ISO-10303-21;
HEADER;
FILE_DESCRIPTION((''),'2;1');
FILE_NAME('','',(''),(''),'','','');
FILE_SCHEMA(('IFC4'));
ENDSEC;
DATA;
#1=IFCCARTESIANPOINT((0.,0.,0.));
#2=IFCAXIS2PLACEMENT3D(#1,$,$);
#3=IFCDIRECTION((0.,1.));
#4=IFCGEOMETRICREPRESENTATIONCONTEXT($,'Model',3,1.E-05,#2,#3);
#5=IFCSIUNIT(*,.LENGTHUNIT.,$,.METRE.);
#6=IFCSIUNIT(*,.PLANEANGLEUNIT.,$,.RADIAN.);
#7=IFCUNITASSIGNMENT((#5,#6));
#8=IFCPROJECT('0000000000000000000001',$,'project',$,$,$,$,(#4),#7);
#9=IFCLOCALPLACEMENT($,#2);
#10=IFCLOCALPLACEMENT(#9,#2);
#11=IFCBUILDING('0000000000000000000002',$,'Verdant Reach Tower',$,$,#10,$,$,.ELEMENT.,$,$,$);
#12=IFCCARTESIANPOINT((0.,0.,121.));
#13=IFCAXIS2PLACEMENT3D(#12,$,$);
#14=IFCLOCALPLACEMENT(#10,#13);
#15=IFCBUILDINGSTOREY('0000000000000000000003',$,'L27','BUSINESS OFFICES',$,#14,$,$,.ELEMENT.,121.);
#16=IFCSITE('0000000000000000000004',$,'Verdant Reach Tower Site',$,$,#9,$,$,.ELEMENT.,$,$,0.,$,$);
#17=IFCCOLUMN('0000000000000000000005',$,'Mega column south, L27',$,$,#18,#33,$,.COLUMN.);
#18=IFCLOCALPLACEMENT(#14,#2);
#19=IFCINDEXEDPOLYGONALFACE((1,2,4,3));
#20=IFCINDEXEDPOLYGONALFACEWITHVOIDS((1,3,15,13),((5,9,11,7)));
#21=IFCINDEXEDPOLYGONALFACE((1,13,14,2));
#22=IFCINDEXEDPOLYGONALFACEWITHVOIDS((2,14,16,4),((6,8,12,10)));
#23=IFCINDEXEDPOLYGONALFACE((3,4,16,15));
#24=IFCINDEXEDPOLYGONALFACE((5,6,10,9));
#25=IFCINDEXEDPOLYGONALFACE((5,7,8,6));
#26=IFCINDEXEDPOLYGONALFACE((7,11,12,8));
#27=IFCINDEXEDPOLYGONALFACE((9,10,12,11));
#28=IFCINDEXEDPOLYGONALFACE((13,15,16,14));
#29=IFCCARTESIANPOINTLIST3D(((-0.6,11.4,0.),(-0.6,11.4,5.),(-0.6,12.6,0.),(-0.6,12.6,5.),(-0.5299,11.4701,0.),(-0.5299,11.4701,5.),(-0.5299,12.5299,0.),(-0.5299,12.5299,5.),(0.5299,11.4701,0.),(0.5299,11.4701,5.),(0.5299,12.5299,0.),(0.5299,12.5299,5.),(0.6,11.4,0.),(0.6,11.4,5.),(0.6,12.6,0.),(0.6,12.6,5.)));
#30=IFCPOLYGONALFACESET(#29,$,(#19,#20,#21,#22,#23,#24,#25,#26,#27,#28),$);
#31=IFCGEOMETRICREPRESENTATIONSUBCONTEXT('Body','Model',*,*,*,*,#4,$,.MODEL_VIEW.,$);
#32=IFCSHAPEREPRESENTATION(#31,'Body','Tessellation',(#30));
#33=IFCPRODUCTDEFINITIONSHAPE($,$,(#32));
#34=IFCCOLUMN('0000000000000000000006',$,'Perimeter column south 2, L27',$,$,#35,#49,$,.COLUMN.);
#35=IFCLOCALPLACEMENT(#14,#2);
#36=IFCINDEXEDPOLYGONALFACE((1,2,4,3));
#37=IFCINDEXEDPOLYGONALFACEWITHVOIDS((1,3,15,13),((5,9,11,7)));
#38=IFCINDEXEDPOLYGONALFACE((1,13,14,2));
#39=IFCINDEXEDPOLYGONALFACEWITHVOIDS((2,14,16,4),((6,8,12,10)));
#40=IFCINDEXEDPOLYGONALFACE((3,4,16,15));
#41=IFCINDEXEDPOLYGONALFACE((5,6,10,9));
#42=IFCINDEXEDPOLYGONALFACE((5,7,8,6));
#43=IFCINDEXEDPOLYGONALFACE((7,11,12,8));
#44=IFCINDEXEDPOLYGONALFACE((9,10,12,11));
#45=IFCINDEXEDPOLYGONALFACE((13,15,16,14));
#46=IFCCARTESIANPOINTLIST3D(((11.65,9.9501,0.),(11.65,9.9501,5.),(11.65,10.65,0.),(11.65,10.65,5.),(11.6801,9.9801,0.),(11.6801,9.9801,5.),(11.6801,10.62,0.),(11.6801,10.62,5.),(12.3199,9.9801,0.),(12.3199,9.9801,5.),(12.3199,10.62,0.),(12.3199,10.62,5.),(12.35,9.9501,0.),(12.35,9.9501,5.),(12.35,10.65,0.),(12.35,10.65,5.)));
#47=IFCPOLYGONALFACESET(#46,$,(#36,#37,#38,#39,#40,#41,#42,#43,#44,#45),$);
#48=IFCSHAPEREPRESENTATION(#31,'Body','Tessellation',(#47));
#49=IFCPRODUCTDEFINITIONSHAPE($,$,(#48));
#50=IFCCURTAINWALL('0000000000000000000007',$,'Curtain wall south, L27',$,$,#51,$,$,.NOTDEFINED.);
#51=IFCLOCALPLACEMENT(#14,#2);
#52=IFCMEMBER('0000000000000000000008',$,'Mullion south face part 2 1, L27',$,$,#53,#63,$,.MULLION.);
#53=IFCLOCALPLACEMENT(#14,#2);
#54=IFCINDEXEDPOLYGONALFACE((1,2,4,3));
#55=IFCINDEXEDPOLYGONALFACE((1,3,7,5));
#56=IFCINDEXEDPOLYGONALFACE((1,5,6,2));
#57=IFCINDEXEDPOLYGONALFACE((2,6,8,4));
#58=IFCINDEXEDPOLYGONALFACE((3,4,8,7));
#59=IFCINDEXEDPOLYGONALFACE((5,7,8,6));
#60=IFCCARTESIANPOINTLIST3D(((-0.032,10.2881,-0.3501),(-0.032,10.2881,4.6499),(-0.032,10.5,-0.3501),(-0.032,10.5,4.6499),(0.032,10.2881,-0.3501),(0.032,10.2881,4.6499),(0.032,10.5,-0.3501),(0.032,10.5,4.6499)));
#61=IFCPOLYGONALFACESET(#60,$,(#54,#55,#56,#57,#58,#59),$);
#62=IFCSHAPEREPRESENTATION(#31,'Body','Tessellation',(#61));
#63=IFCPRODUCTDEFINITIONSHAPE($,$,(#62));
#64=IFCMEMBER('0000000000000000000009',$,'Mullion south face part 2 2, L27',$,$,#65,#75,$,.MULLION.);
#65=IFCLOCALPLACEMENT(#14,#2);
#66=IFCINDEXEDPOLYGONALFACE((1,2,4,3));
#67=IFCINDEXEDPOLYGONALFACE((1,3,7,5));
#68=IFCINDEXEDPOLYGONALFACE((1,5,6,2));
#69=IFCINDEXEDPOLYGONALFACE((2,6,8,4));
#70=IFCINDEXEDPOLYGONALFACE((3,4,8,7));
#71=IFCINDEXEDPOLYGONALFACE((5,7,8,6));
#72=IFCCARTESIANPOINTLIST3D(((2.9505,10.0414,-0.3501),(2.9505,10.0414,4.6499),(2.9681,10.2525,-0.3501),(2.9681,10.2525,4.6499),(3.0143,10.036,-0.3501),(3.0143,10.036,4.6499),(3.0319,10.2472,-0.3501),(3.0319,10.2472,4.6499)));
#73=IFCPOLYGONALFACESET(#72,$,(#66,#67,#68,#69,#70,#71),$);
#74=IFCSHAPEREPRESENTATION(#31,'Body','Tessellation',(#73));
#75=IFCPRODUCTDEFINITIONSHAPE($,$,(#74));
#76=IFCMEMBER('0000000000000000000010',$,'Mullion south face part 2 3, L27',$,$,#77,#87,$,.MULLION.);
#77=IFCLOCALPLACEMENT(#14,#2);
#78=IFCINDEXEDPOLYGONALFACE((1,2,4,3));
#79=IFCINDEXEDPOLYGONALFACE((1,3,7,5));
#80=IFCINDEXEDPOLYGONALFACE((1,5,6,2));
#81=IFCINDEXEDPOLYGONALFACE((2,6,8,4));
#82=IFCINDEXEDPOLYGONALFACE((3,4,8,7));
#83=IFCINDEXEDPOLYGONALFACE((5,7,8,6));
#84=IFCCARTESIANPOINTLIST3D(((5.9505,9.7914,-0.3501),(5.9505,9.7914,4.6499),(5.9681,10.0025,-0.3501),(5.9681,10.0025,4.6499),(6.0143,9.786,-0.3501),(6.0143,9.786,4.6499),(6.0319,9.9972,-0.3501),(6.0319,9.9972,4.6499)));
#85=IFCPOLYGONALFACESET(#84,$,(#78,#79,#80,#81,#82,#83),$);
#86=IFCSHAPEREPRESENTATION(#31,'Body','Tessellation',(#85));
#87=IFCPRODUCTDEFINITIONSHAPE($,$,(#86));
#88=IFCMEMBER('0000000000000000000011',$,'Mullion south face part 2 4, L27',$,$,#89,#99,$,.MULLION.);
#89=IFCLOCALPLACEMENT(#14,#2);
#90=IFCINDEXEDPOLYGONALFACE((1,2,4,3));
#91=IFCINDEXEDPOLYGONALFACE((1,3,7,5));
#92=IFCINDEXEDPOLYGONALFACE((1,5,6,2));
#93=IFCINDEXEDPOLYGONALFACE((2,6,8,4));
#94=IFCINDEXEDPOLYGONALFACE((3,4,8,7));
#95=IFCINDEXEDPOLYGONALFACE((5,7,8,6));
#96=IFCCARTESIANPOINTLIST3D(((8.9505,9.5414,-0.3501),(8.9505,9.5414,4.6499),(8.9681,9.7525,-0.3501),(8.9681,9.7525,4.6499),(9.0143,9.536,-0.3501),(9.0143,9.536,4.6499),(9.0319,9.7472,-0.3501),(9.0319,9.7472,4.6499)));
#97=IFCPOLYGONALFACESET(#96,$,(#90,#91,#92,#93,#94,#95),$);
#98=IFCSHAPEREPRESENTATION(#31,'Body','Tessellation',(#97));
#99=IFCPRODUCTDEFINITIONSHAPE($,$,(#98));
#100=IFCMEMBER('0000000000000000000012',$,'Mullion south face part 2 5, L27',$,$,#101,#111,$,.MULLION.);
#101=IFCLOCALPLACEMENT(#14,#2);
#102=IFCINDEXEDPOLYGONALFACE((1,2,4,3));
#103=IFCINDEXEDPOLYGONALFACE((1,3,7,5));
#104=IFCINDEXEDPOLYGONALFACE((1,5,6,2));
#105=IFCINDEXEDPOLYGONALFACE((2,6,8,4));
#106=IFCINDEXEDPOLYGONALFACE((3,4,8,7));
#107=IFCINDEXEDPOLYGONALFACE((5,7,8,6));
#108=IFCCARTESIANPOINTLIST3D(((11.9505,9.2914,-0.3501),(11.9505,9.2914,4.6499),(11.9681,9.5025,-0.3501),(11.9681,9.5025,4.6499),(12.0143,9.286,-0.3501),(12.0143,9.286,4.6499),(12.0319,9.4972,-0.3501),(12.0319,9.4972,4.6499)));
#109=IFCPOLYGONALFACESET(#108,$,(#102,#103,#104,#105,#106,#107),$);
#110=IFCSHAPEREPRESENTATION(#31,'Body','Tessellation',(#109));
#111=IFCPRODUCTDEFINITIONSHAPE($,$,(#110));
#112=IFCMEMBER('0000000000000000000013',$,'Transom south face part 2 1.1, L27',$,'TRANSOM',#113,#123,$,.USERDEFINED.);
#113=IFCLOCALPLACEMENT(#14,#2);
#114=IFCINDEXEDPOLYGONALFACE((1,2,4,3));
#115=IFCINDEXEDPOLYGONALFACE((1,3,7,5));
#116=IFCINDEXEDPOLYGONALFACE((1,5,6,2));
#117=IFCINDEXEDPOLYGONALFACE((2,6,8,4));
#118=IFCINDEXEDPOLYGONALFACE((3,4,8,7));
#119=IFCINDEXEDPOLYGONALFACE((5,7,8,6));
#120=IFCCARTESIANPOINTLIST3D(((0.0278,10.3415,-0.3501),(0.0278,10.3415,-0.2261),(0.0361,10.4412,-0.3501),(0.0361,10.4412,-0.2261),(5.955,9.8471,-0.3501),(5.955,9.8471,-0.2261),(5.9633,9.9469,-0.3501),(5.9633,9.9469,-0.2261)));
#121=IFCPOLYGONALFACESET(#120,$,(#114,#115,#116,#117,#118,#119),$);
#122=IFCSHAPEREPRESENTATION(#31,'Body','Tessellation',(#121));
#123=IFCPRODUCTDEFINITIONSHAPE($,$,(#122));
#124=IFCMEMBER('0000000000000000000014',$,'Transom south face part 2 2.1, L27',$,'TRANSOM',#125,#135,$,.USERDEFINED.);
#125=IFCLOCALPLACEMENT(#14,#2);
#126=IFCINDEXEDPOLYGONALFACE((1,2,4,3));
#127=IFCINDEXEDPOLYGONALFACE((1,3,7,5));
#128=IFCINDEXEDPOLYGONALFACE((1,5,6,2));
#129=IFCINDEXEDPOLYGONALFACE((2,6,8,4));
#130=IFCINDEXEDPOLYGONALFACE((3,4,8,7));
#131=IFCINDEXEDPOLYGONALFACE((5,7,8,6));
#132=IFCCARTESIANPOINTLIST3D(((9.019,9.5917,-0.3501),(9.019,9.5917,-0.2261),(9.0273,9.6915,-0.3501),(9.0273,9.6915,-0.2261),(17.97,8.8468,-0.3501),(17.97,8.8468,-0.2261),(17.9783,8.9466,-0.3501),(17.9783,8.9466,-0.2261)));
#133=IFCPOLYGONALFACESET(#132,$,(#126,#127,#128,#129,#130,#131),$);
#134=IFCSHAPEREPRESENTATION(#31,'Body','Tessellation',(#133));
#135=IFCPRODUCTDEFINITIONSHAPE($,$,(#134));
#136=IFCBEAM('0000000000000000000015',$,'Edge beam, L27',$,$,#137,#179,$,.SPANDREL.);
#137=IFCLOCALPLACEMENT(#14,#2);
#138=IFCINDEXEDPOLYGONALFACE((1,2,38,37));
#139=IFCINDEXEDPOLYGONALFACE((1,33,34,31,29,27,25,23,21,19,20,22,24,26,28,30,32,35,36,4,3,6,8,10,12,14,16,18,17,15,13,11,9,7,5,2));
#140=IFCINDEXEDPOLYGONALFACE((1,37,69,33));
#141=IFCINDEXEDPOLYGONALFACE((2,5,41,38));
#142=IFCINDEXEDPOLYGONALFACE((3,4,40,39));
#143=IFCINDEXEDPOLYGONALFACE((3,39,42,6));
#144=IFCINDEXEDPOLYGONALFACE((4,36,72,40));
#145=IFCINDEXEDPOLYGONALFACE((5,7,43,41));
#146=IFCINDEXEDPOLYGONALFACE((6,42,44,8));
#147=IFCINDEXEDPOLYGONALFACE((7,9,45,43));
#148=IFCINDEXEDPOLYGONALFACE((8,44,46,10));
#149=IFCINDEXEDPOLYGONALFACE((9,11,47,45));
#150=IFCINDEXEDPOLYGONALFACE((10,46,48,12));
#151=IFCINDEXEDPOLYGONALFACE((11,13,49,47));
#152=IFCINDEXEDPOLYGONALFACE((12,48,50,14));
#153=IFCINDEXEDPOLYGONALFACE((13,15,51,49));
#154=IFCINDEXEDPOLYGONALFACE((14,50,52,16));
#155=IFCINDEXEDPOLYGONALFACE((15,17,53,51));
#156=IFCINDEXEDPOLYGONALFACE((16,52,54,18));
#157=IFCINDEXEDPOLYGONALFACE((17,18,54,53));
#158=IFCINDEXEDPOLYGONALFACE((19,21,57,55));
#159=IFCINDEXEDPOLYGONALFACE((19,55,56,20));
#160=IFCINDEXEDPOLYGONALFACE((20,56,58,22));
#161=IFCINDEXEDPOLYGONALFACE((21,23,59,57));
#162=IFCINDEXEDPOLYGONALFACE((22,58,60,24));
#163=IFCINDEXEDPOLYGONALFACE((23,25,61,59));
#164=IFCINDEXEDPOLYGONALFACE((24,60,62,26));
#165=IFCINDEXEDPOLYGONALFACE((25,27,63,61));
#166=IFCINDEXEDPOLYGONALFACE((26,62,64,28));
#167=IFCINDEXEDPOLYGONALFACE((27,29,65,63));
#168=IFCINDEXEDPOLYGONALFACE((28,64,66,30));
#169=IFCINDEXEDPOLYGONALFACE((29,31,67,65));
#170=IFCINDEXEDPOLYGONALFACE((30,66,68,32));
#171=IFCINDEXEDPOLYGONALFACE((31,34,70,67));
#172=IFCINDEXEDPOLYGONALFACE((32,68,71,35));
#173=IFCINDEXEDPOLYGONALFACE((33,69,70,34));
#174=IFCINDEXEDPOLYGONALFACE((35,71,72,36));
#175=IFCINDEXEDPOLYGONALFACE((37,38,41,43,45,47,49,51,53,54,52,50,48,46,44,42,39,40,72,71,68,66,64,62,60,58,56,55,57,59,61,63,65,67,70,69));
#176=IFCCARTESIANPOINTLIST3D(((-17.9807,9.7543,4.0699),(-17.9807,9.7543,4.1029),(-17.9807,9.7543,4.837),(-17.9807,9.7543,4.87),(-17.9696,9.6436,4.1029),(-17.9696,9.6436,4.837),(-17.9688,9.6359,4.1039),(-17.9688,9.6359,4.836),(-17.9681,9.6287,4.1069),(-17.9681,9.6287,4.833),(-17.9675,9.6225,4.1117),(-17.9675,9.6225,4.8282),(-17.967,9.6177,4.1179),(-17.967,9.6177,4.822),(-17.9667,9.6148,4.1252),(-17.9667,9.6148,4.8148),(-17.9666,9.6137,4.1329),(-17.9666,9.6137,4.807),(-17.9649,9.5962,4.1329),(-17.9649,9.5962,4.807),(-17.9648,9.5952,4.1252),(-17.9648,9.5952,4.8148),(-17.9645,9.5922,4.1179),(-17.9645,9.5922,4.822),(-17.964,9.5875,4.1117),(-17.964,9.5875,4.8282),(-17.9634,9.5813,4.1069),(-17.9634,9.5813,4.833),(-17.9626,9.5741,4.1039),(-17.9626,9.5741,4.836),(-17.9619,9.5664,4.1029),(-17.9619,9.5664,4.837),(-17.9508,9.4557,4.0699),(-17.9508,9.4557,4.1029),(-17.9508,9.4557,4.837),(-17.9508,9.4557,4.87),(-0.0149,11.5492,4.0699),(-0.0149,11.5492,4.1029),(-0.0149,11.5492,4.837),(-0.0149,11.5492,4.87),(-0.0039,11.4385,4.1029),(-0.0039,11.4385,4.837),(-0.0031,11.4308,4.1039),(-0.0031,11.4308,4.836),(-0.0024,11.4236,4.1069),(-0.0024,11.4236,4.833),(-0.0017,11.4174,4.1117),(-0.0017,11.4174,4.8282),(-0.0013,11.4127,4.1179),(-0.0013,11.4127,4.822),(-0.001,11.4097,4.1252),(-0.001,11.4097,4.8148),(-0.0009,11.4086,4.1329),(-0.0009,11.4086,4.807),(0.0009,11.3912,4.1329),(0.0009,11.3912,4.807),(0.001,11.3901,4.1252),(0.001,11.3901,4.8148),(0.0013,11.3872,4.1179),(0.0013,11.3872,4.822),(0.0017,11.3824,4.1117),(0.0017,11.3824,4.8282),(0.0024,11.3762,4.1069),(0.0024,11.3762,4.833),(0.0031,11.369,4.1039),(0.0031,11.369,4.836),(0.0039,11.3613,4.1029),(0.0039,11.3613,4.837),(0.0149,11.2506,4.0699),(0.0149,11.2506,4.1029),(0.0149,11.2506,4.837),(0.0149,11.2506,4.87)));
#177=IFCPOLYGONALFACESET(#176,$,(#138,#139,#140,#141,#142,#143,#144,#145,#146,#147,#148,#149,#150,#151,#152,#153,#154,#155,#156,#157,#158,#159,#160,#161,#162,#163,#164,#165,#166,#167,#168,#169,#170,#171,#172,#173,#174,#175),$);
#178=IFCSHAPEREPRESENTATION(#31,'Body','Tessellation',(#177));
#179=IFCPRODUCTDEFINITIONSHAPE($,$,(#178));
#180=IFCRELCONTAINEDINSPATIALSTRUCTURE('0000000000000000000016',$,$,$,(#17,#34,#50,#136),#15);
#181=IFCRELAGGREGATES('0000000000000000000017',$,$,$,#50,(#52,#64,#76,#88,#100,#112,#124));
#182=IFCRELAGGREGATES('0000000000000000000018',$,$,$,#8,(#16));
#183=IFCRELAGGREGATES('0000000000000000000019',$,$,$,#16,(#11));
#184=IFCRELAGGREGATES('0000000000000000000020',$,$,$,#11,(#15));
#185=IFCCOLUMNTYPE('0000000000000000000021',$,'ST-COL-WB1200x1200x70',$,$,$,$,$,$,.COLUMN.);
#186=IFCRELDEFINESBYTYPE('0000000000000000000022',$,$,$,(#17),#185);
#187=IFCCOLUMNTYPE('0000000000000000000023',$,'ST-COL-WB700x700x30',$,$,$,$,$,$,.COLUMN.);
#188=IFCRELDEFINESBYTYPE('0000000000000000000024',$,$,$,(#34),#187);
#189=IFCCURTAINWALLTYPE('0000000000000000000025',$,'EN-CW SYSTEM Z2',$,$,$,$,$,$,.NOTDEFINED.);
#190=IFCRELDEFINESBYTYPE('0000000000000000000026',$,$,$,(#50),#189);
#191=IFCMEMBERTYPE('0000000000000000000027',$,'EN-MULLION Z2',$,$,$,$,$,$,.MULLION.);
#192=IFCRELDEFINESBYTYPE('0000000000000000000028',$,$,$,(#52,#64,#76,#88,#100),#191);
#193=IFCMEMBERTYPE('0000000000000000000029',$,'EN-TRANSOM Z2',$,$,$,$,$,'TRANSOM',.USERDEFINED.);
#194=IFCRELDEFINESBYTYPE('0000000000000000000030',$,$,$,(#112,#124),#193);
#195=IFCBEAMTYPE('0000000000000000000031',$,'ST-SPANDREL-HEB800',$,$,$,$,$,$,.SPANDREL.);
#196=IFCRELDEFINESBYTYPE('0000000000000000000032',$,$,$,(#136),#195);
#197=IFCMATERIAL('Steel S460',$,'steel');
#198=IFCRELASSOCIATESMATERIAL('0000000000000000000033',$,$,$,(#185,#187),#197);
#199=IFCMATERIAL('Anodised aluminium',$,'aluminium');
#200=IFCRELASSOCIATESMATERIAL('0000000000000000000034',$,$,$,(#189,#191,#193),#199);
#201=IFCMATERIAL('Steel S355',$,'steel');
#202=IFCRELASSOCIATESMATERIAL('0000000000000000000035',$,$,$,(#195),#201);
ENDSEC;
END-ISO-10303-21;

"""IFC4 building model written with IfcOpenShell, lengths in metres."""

from ifc_helpers import new_model, si_unit, direction, frame, origin, origin_2d, place, context, subcontext, project, spatial, rectangle, hollow_rectangle, i_section, extrude, material, material_profile, profile_set, type_object, element, aggregate, save


model = new_model("IFC4")

# Units and contexts
model_context = context("Model", 3, precision=1e-05, world=origin(), true_north=direction((0.0, 1.0)))
body_context = subcontext(model_context, "Body", "Model", "MODEL_VIEW")
ifc_project = project(units=[si_unit("LENGTHUNIT", "METRE"), si_unit("PLANEANGLEUNIT", "RADIAN")], contexts=[model_context])

# Site, building, storey
site_placement = place(None, origin())
site = spatial("IfcSite", under=ifc_project, at=site_placement, Name="Verdant Reach Tower Site", CompositionType="ELEMENT", RefElevation=0.0)
building_placement = place(site_placement, origin())
building = spatial("IfcBuilding", under=site, at=building_placement, Name="Verdant Reach Tower", CompositionType="ELEMENT")
storey_placement = place(building_placement, frame((0.0, 0.0, 121.0)))
storey = spatial("IfcBuildingStorey", under=building, at=storey_placement, Name="L27", Description="BUSINESS OFFICES", CompositionType="ELEMENT", Elevation=121.0)

# Columns
ifc_material_1 = material(Name="Steel S460", Category="steel")
ifc_material_profile_1 = material_profile(ifc_material_1, hollow_rectangle(XDim=1.2, YDim=1.2, WallThickness=0.0701, at=origin_2d()), Name="WB 1200x1200x70")
ifc_profile_set_1 = profile_set([ifc_material_profile_1], Name="Steel S460")
column_type_1 = type_object("IfcColumnType", Name="ST-COL-WB1200x1200x70", PredefinedType="COLUMN", material=ifc_profile_set_1)
column_1_placement = place(storey_placement, frame((0.0, 12.0, 0.0), z_axis=(0.0, 0.0, 1.0), x_axis=(1.0, 0.0, 0.0)))
element("IfcColumn", 1, at=column_1_placement, inside=storey, type_object=column_type_1, Name="Mega column south, L27", PredefinedType="COLUMN", context=body_context, shape_type="SweptSolid", body=[
    extrude(hollow_rectangle(XDim=1.2, YDim=1.2, WallThickness=0.0701, at=origin_2d()), origin(), (0.0, 0.0, 1.0), 5.0),
])
ifc_material_profile_2 = material_profile(ifc_material_1, hollow_rectangle(XDim=0.7, YDim=0.7, WallThickness=0.03, at=origin_2d()), Name="WB 700x700x30")
ifc_profile_set_2 = profile_set([ifc_material_profile_2], Name="Steel S460")
column_type_2 = type_object("IfcColumnType", Name="ST-COL-WB700x700x30", PredefinedType="COLUMN", material=ifc_profile_set_2)
column_2_placement = place(storey_placement, frame((12.0, 10.3, 0.0), z_axis=(0.0, 0.0, 1.0), x_axis=(1.0, 0.0, 0.0)))
element("IfcColumn", 2, at=column_2_placement, inside=storey, type_object=column_type_2, Name="Perimeter column south 2, L27", PredefinedType="COLUMN", context=body_context, shape_type="SweptSolid", body=[
    extrude(hollow_rectangle(XDim=0.7, YDim=0.7, WallThickness=0.03, at=origin_2d()), origin(), (0.0, 0.0, 1.0), 5.0),
])

# Curtain wall, members
ifc_material_2 = material(Name="Anodised aluminium", Category="aluminium")
curtain_wall_type = type_object("IfcCurtainWallType", Name="EN-CW SYSTEM Z2", PredefinedType="NOTDEFINED", material=ifc_material_2)
curtain_wall_placement = place(storey_placement, origin())
curtain_wall = element("IfcCurtainWall", 3, at=curtain_wall_placement, inside=storey, type_object=curtain_wall_type, Name="Curtain wall south, L27", PredefinedType="NOTDEFINED")
ifc_material_profile_3 = material_profile(ifc_material_2, rectangle(XDim=0.2119, YDim=0.064, at=origin_2d()), Name="Mullion 64x212")
ifc_profile_set_3 = profile_set([ifc_material_profile_3], Name="Anodised aluminium")
member_type_1 = type_object("IfcMemberType", Name="EN-MULLION Z2", PredefinedType="MULLION", material=ifc_profile_set_3)
member_1_placement = place(storey_placement, frame((0.0, 10.394, -0.3501), z_axis=(0.0, 0.0, 1.0), x_axis=(0.0, -1.0, 0.0)))
member_1 = element("IfcMember", 4, at=member_1_placement, type_object=member_type_1, Name="Mullion south face part 2 1, L27", PredefinedType="MULLION", context=body_context, shape_type="SweptSolid", body=[
    extrude(rectangle(XDim=0.2119, YDim=0.064, at=origin_2d()), origin(), (0.0, 0.0, 1.0), 5.0),
])
member_2_placement = place(storey_placement, frame((2.9912, 10.1443, -0.3501), z_axis=(0.0, 0.0, 1.0), x_axis=(-0.083045, -0.996546, 0.0)))
member_2 = element("IfcMember", 5, at=member_2_placement, type_object=member_type_1, Name="Mullion south face part 2 2, L27", PredefinedType="MULLION", context=body_context, shape_type="SweptSolid", body=[
    extrude(rectangle(XDim=0.2119, YDim=0.064, at=origin_2d()), origin(), (0.0, 0.0, 1.0), 5.0),
])
member_3_placement = place(storey_placement, frame((5.9912, 9.8943, -0.3501), z_axis=(0.0, 0.0, 1.0), x_axis=(-0.083045, -0.996546, 0.0)))
member_3 = element("IfcMember", 6, at=member_3_placement, type_object=member_type_1, Name="Mullion south face part 2 3, L27", PredefinedType="MULLION", context=body_context, shape_type="SweptSolid", body=[
    extrude(rectangle(XDim=0.2119, YDim=0.064, at=origin_2d()), origin(), (0.0, 0.0, 1.0), 5.0),
])
member_4_placement = place(storey_placement, frame((8.9912, 9.6443, -0.3501), z_axis=(0.0, 0.0, 1.0), x_axis=(-0.083045, -0.996546, 0.0)))
member_4 = element("IfcMember", 7, at=member_4_placement, type_object=member_type_1, Name="Mullion south face part 2 4, L27", PredefinedType="MULLION", context=body_context, shape_type="SweptSolid", body=[
    extrude(rectangle(XDim=0.2119, YDim=0.064, at=origin_2d()), origin(), (0.0, 0.0, 1.0), 5.0),
])
member_5_placement = place(storey_placement, frame((11.9912, 9.3943, -0.3501), z_axis=(0.0, 0.0, 1.0), x_axis=(-0.083045, -0.996546, 0.0)))
member_5 = element("IfcMember", 8, at=member_5_placement, type_object=member_type_1, Name="Mullion south face part 2 5, L27", PredefinedType="MULLION", context=body_context, shape_type="SweptSolid", body=[
    extrude(rectangle(XDim=0.2119, YDim=0.064, at=origin_2d()), origin(), (0.0, 0.0, 1.0), 5.0),
])
ifc_material_profile_4 = material_profile(ifc_material_2, rectangle(XDim=0.1001, YDim=0.124, at=origin_2d()), Name="Transom 124x100")
ifc_profile_set_4 = profile_set([ifc_material_profile_4], Name="Anodised aluminium")
member_type_2 = type_object("IfcMemberType", Name="EN-TRANSOM Z2", ElementType="TRANSOM", PredefinedType="USERDEFINED", material=ifc_profile_set_4)
member_6_placement = place(storey_placement, frame((0.032, 10.3914, -0.2881), z_axis=(0.99654, -0.08312, 0.0), x_axis=(0.08312, 0.99654, 0.0)))
member_6 = element("IfcMember", 9, at=member_6_placement, type_object=member_type_2, Name="Transom south face part 2 1.1, L27", ObjectType="TRANSOM", PredefinedType="USERDEFINED", context=body_context, shape_type="SweptSolid", body=[
    extrude(rectangle(XDim=0.1001, YDim=0.124, at=origin_2d()), origin(), (0.0, 0.0, 1.0), 5.9478),
])
member_7_placement = place(storey_placement, frame((9.0232, 9.6416, -0.2881), z_axis=(0.996555, -0.082931, 0.0), x_axis=(0.082931, 0.996555, 0.0)))
member_7 = element("IfcMember", 10, at=member_7_placement, type_object=member_type_2, Name="Transom south face part 2 2.1, L27", ObjectType="TRANSOM", PredefinedType="USERDEFINED", context=body_context, shape_type="SweptSolid", body=[
    extrude(rectangle(XDim=0.1001, YDim=0.124, at=origin_2d()), origin(), (0.0, 0.0, 1.0), 8.9819),
])

# Beam
ifc_material_3 = material(Name="Steel S355", Category="steel")
ifc_material_profile_5 = material_profile(ifc_material_3, i_section(OverallWidth=0.3, OverallDepth=0.8, WebThickness=0.0176, FlangeThickness=0.033, FilletRadius=0.03, at=origin_2d()), Name="HEB 800")
ifc_profile_set_5 = profile_set([ifc_material_profile_5], Name="Steel S355")
beam_type = type_object("IfcBeamType", Name="ST-SPANDREL-HEB800", PredefinedType="SPANDREL", material=ifc_profile_set_5)
beam_placement = place(storey_placement, frame((0.0, 11.3999, 4.47), z_axis=(-0.995046, -0.099413, 0.0), x_axis=(0.099413, -0.995046, 0.0)))
element("IfcBeam", 11, at=beam_placement, inside=storey, type_object=beam_type, Name="Edge beam, L27", PredefinedType="SPANDREL", context=body_context, shape_type="SweptSolid", body=[
    extrude(i_section(OverallWidth=0.3, OverallDepth=0.8, WebThickness=0.0176, FlangeThickness=0.033, FilletRadius=0.03, at=origin_2d()), origin(), (0.0, 0.0, 1.0), 18.0552),
])

aggregate(curtain_wall, [member_1, member_2, member_3, member_4, member_5, member_6, member_7])

save(model, "model.ifc")
